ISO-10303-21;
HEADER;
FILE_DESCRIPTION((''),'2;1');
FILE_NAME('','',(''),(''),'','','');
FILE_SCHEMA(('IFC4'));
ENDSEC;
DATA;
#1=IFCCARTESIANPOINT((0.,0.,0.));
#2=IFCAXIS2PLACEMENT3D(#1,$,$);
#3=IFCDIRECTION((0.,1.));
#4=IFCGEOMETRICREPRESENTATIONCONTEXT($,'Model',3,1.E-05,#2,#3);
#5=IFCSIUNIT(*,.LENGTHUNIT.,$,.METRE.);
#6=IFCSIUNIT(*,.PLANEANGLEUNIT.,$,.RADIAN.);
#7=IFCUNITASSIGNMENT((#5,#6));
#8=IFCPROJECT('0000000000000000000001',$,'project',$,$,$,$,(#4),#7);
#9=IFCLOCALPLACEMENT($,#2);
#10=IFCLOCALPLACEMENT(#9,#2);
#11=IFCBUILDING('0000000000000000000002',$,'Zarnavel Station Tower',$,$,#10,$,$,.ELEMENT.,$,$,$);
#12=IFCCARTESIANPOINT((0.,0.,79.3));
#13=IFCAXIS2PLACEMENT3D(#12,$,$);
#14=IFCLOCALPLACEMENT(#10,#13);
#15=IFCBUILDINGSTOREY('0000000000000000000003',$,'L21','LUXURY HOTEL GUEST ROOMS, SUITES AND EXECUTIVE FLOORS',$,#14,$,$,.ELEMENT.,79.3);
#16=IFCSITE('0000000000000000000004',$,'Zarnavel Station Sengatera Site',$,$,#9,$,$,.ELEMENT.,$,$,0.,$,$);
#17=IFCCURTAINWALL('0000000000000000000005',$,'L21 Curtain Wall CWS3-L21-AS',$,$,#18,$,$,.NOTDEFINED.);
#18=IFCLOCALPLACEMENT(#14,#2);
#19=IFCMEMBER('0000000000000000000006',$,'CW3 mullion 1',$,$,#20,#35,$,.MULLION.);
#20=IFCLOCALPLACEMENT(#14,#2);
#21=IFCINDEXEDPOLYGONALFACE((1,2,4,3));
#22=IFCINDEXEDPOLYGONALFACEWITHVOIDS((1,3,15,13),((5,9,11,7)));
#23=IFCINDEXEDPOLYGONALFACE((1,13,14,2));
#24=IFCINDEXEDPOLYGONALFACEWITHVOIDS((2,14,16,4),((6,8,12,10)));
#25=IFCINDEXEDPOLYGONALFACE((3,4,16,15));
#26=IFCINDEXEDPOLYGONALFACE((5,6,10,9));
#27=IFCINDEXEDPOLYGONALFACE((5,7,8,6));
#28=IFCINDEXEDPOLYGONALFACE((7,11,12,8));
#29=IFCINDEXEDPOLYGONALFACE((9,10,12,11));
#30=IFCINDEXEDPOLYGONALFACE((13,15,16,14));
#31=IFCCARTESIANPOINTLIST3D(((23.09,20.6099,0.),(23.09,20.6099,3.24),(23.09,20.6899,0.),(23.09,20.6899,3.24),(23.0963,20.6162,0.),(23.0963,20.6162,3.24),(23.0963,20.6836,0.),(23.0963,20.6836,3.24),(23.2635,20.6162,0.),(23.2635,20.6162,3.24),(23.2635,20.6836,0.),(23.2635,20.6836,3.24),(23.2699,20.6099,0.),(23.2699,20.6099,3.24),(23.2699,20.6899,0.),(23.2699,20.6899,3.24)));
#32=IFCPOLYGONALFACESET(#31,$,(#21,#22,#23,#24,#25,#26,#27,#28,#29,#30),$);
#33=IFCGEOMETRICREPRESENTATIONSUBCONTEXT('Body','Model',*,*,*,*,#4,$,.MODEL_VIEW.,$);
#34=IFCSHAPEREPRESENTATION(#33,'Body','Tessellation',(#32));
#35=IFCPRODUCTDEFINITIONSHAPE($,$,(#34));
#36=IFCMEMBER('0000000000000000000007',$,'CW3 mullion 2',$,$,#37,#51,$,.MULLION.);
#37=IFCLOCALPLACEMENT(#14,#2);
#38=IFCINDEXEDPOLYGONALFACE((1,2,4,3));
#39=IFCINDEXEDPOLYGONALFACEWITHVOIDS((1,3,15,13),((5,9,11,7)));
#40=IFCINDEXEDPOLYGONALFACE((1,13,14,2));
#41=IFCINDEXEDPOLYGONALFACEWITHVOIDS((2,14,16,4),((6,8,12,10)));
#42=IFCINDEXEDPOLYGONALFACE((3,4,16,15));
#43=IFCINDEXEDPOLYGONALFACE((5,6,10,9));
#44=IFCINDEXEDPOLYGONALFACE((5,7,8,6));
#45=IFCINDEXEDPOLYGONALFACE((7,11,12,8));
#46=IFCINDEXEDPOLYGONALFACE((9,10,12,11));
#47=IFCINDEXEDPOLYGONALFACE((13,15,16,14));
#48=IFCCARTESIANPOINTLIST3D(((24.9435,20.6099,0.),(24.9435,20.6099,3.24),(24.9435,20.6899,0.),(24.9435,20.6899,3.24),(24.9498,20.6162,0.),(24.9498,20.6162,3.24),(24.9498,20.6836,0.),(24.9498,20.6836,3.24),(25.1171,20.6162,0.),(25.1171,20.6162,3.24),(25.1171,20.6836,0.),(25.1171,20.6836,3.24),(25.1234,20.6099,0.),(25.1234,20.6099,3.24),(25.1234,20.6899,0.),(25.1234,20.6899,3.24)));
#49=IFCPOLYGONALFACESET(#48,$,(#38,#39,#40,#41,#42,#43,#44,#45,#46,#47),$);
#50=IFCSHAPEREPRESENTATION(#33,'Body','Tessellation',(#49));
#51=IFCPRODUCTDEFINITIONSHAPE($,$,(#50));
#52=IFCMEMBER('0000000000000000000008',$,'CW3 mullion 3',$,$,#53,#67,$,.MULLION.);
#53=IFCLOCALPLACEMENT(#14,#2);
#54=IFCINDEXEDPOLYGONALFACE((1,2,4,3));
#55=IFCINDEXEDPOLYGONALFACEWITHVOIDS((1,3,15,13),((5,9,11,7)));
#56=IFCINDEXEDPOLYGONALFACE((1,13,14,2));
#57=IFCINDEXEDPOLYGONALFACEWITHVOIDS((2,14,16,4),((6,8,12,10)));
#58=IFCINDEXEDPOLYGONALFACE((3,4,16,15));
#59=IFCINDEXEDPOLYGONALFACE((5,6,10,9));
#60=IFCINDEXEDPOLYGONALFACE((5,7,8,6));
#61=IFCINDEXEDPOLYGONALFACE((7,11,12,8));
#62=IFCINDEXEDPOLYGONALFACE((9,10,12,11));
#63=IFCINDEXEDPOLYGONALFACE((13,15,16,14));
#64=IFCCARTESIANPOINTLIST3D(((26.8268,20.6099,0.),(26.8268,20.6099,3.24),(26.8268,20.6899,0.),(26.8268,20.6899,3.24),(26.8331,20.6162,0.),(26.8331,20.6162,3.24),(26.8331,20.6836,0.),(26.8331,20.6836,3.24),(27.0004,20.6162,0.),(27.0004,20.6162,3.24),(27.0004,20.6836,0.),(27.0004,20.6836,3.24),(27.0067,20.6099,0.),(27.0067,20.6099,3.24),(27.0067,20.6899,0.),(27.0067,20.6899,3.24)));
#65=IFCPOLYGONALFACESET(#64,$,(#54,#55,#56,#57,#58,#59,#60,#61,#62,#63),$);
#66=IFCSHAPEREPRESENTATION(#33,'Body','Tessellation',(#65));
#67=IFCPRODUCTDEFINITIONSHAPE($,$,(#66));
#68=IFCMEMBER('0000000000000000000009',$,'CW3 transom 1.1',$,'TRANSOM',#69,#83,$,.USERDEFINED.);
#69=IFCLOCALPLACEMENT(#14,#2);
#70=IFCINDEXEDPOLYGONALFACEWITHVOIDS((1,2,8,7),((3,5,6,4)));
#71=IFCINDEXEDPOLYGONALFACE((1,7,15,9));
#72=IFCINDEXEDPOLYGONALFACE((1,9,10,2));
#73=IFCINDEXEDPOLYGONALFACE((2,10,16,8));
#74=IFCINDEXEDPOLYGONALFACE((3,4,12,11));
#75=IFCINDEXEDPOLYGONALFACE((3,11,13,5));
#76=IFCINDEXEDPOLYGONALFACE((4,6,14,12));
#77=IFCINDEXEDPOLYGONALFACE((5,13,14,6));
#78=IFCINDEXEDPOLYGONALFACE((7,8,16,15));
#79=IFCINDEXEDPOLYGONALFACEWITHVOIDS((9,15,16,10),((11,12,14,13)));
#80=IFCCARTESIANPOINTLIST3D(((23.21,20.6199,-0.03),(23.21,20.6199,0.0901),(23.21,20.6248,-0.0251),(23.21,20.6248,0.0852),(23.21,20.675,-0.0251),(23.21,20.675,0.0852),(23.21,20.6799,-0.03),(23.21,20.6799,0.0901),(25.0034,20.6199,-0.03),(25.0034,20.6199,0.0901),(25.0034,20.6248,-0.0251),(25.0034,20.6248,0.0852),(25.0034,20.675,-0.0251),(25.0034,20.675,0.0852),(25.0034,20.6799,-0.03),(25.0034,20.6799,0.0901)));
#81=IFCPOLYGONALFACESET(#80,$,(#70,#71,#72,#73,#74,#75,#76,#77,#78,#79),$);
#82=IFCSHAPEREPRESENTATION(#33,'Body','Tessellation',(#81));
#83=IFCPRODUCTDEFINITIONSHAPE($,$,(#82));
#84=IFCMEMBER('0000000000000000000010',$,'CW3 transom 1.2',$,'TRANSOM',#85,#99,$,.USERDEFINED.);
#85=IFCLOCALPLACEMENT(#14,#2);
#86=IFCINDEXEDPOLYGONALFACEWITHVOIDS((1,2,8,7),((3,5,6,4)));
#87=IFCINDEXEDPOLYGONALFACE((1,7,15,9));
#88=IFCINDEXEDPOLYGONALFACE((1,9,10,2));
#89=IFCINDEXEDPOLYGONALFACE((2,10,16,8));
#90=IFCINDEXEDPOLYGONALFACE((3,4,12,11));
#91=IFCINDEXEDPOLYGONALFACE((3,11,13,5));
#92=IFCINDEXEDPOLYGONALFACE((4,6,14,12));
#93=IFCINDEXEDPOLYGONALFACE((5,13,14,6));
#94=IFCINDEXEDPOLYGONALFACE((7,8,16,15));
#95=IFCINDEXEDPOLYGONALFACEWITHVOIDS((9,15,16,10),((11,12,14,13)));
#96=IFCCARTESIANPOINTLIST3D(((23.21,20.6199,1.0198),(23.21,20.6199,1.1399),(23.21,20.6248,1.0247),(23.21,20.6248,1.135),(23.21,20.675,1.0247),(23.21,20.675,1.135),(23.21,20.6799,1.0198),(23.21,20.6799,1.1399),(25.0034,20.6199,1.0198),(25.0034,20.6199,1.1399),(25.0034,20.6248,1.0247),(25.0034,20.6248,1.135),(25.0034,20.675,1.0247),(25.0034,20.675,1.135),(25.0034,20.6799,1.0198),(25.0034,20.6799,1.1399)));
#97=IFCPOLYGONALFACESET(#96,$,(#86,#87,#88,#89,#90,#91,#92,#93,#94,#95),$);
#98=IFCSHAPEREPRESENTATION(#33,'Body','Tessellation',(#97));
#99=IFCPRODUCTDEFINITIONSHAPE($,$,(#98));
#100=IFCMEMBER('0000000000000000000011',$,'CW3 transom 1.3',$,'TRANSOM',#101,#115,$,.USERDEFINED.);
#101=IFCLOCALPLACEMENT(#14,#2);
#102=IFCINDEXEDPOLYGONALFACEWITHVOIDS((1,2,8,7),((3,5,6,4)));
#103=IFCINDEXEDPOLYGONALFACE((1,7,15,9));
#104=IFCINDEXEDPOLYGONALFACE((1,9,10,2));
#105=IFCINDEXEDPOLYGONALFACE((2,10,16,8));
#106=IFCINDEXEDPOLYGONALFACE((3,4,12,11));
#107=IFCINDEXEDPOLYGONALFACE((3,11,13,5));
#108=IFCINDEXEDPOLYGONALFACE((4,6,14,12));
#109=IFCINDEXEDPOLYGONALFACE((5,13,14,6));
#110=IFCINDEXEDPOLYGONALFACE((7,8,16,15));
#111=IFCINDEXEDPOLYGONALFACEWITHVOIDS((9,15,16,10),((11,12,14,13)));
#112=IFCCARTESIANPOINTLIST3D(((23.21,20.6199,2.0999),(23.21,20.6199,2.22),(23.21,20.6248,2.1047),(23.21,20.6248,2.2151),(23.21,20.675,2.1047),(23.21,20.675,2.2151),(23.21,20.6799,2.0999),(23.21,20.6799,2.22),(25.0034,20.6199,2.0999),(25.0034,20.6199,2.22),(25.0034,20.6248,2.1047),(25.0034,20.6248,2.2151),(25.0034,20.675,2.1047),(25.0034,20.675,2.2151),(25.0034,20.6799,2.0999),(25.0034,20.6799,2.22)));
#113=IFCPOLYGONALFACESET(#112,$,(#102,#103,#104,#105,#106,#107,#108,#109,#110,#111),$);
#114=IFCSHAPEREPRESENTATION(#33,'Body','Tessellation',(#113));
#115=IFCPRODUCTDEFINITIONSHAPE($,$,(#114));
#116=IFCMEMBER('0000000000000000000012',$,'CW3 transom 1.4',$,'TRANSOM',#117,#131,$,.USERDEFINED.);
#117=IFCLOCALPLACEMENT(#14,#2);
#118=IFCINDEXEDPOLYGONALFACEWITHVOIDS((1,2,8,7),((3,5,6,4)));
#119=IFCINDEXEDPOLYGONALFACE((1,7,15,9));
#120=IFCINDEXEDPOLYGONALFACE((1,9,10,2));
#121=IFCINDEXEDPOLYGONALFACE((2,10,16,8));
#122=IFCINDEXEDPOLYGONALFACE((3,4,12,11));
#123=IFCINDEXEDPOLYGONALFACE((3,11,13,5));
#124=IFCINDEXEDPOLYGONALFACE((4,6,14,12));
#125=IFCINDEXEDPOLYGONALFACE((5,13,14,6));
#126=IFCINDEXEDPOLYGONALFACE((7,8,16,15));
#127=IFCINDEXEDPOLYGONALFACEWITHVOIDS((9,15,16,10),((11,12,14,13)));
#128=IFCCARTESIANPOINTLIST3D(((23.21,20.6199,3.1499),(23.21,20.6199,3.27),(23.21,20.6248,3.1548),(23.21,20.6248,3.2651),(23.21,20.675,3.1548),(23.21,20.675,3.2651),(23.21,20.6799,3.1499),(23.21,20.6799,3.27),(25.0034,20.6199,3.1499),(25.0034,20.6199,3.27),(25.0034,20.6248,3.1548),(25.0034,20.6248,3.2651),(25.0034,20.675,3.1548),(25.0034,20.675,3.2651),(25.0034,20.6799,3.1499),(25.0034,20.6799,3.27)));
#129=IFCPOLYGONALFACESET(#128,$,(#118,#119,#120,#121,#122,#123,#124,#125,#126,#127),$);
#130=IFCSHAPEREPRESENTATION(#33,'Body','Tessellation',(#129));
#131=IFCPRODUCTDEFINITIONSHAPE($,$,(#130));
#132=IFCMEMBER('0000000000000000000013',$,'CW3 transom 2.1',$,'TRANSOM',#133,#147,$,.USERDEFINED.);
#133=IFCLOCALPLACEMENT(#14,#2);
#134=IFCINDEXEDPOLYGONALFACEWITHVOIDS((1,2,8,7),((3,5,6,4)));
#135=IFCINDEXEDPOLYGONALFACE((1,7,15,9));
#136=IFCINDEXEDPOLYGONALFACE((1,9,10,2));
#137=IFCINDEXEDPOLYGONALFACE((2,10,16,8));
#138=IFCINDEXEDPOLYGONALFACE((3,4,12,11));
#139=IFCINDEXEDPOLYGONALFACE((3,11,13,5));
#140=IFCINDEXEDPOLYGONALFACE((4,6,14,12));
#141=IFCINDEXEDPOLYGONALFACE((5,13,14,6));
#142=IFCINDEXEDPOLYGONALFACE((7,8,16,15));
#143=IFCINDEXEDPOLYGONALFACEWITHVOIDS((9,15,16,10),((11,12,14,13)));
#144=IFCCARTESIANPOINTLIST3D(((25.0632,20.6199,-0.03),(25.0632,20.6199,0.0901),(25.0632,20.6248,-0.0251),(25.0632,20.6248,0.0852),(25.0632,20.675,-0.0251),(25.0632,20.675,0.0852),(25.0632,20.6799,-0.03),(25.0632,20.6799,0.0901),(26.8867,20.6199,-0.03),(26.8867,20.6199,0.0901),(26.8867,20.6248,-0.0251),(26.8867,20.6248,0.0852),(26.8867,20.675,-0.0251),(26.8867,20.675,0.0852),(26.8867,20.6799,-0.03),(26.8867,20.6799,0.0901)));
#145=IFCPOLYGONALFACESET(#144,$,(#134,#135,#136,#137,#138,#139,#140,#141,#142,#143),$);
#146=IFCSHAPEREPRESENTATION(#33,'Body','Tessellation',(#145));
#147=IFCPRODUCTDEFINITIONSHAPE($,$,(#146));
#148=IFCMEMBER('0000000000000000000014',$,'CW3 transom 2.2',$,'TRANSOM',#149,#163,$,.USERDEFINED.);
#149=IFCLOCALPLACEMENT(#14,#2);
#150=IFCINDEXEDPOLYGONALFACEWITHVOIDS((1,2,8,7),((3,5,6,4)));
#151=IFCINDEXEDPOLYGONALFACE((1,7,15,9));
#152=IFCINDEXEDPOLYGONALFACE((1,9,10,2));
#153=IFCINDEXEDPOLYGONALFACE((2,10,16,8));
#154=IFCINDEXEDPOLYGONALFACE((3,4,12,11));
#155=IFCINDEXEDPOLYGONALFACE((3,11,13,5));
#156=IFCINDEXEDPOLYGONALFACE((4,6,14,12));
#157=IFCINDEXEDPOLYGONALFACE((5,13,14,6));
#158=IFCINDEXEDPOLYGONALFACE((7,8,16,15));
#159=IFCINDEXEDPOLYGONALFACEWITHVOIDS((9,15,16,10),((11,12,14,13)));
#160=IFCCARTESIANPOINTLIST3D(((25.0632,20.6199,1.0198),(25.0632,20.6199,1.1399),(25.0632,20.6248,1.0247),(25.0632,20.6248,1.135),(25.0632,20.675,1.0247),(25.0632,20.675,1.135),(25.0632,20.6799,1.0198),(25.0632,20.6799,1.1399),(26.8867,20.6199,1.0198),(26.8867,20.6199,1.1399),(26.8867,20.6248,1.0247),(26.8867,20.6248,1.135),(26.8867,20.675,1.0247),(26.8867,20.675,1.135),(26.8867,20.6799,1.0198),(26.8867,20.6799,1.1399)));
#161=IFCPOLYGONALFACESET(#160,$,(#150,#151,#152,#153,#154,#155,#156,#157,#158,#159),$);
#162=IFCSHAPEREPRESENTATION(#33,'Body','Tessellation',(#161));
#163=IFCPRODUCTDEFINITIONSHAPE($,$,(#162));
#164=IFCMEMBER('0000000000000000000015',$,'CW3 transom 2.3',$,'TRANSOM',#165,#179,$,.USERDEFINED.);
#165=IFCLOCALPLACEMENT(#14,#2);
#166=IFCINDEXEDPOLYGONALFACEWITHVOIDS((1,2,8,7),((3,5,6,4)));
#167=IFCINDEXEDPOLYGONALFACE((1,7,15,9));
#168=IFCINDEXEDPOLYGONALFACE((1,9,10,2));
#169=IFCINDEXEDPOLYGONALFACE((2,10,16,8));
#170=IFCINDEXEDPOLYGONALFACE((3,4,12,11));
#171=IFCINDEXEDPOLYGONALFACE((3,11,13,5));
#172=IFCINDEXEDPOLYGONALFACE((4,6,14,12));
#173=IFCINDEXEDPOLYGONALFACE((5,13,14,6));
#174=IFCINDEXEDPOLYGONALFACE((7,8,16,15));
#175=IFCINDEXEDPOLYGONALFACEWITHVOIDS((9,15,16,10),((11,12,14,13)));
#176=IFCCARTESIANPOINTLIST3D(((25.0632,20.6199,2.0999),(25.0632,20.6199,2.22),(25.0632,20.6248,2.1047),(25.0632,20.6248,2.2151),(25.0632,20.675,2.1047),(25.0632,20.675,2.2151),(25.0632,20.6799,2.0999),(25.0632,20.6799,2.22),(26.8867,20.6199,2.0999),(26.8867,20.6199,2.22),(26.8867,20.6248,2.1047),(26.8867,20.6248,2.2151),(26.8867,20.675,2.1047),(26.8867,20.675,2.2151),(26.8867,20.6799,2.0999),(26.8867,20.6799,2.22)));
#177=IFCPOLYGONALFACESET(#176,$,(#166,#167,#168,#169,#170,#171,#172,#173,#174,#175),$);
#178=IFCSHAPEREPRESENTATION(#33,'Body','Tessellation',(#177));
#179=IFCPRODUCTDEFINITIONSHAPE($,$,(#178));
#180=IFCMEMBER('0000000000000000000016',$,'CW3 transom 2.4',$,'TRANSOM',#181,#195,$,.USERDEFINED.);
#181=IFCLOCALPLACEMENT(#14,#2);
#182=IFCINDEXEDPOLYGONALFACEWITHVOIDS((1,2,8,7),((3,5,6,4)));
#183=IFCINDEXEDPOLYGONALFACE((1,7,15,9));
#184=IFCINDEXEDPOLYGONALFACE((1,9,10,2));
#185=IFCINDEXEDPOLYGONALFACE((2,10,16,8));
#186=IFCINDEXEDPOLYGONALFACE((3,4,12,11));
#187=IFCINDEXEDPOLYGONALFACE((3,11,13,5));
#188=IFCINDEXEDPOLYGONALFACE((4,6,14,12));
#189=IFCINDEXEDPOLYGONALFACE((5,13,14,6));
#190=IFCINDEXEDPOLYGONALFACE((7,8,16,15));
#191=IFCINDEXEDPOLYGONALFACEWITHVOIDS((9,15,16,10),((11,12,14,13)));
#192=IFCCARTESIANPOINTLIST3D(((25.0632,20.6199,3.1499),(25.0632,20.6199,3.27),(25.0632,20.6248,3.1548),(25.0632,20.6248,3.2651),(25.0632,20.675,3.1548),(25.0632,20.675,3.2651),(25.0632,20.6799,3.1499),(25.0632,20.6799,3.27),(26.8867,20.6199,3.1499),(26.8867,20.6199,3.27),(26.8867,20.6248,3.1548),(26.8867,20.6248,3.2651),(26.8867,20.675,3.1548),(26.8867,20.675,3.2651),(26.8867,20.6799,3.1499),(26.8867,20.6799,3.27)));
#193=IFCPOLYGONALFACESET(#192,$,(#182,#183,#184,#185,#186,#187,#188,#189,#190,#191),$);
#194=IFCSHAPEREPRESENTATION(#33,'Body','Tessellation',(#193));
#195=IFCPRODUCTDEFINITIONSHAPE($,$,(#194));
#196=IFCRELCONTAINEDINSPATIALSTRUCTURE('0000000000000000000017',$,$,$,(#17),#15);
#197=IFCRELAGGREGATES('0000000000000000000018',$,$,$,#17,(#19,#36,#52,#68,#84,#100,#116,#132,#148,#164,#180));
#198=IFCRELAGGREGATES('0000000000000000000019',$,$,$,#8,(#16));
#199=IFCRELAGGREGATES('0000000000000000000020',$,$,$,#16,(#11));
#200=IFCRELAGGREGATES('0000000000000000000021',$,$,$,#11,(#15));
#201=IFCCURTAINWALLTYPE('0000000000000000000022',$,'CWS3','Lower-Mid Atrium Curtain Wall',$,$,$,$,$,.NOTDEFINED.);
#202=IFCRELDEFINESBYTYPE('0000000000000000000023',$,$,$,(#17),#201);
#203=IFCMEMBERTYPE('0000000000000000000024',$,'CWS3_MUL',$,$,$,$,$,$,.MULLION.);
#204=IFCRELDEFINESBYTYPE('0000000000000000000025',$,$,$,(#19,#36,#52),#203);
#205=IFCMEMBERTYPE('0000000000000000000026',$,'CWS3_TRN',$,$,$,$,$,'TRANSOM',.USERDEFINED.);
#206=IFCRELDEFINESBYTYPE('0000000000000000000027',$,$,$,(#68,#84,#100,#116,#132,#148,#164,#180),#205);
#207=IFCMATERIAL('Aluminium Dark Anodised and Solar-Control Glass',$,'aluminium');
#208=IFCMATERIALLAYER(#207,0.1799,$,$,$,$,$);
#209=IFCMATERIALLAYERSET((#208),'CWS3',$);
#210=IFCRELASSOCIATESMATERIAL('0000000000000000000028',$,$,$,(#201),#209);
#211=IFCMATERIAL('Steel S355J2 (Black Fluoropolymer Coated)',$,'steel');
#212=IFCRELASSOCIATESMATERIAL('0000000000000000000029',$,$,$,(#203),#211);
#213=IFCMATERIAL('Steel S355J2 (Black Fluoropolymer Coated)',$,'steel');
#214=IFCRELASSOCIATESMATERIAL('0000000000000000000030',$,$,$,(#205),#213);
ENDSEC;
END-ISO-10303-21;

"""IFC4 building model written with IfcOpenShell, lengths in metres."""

from ifc_helpers import new_model, si_unit, direction, frame, origin, origin_2d, place, context, subcontext, project, spatial, hollow_rectangle, extrude, material, layer, layer_set, material_profile, profile_set, type_object, element, aggregate, save


model = new_model("IFC4")

# Units and contexts
model_context = context("Model", 3, precision=1e-05, world=origin(), true_north=direction((0.0, 1.0)))
body_context = subcontext(model_context, "Body", "Model", "MODEL_VIEW")
ifc_project = project(units=[si_unit("LENGTHUNIT", "METRE"), si_unit("PLANEANGLEUNIT", "RADIAN")], contexts=[model_context])

# Site, building, storey
site_placement = place(None, origin())
site = spatial("IfcSite", under=ifc_project, at=site_placement, Name="Zarnavel Station Sengatera Site", CompositionType="ELEMENT", RefElevation=0.0)
building_placement = place(site_placement, origin())
building = spatial("IfcBuilding", under=site, at=building_placement, Name="Zarnavel Station Tower", CompositionType="ELEMENT")
storey_placement = place(building_placement, frame((0.0, 0.0, 79.3)))
storey = spatial("IfcBuildingStorey", under=building, at=storey_placement, Name="L21", Description="LUXURY HOTEL GUEST ROOMS, SUITES AND EXECUTIVE FLOORS", CompositionType="ELEMENT", Elevation=79.3)

# Curtain wall, members
ifc_material_1 = material(Name="Aluminium Dark Anodised and Solar-Control Glass", Category="aluminium")
ifc_layer_1 = layer(ifc_material_1, 0.1799)
ifc_layer_set_1 = layer_set([ifc_layer_1], Name="CWS3")
curtain_wall_type = type_object("IfcCurtainWallType", Name="CWS3", Description="Lower-Mid Atrium Curtain Wall", PredefinedType="NOTDEFINED", material=ifc_layer_set_1)
curtain_wall_placement = place(storey_placement, origin())
curtain_wall = element("IfcCurtainWall", 1, at=curtain_wall_placement, inside=storey, type_object=curtain_wall_type, Name="L21 Curtain Wall CWS3-L21-AS", PredefinedType="NOTDEFINED")
ifc_material_2 = material(Name="Steel S355J2 (Black Fluoropolymer Coated)", Category="steel")
ifc_material_profile_1 = material_profile(ifc_material_2, hollow_rectangle(XDim=0.0801, YDim=0.1799, WallThickness=0.0063, at=origin_2d()), Name="RHS180x80x6.3")
ifc_profile_set_1 = profile_set([ifc_material_profile_1], Name="Steel S355J2 (Black Fluoropolymer Coated)")
member_type_1 = type_object("IfcMemberType", Name="CWS3_MUL", PredefinedType="MULLION", material=ifc_profile_set_1)
member_1_placement = place(storey_placement, frame((23.1799, 20.6499, 0.0), z_axis=(0.0, 0.0, 1.0), x_axis=(0.0, 1.0, 0.0)))
member_1 = element("IfcMember", 2, at=member_1_placement, type_object=member_type_1, Name="CW3 mullion 1", PredefinedType="MULLION", context=body_context, shape_type="SweptSolid", body=[
    extrude(hollow_rectangle(XDim=0.0801, YDim=0.1799, WallThickness=0.0063, at=origin_2d()), origin(), (0.0, 0.0, 1.0), 3.24),
])
member_2_placement = place(storey_placement, frame((25.0334, 20.6499, 0.0), z_axis=(0.0, 0.0, 1.0), x_axis=(0.0, 1.0, 0.0)))
member_2 = element("IfcMember", 3, at=member_2_placement, type_object=member_type_1, Name="CW3 mullion 2", PredefinedType="MULLION", context=body_context, shape_type="SweptSolid", body=[
    extrude(hollow_rectangle(XDim=0.0801, YDim=0.1799, WallThickness=0.0063, at=origin_2d()), origin(), (0.0, 0.0, 1.0), 3.24),
])
member_3_placement = place(storey_placement, frame((26.9167, 20.6499, 0.0), z_axis=(0.0, 0.0, 1.0), x_axis=(0.0, 1.0, 0.0)))
member_3 = element("IfcMember", 4, at=member_3_placement, type_object=member_type_1, Name="CW3 mullion 3", PredefinedType="MULLION", context=body_context, shape_type="SweptSolid", body=[
    extrude(hollow_rectangle(XDim=0.0801, YDim=0.1799, WallThickness=0.0063, at=origin_2d()), origin(), (0.0, 0.0, 1.0), 3.24),
])
ifc_material_3 = material(Name="Steel S355J2 (Black Fluoropolymer Coated)", Category="steel")
ifc_material_profile_2 = material_profile(ifc_material_3, hollow_rectangle(XDim=0.0601, YDim=0.1201, WallThickness=0.0049, at=origin_2d()), Name="RHS120x60x5")
ifc_profile_set_2 = profile_set([ifc_material_profile_2], Name="Steel S355J2 (Black Fluoropolymer Coated)")
member_type_2 = type_object("IfcMemberType", Name="CWS3_TRN", ElementType="TRANSOM", PredefinedType="USERDEFINED", material=ifc_profile_set_2)
member_4_placement = place(storey_placement, frame((23.21, 20.6499, 0.03), z_axis=(1.0, 0.0, 0.0), x_axis=(0.0, 1.0, 0.0)))
member_4 = element("IfcMember", 5, at=member_4_placement, type_object=member_type_2, Name="CW3 transom 1.1", ObjectType="TRANSOM", PredefinedType="USERDEFINED", context=body_context, shape_type="SweptSolid", body=[
    extrude(hollow_rectangle(XDim=0.0601, YDim=0.1201, WallThickness=0.0049, at=origin_2d()), origin(), (0.0, 0.0, 1.0), 1.7935),
])
member_5_placement = place(storey_placement, frame((23.21, 20.6499, 1.0798), z_axis=(1.0, 0.0, 0.0), x_axis=(0.0, 1.0, 0.0)))
member_5 = element("IfcMember", 6, at=member_5_placement, type_object=member_type_2, Name="CW3 transom 1.2", ObjectType="TRANSOM", PredefinedType="USERDEFINED", context=body_context, shape_type="SweptSolid", body=[
    extrude(hollow_rectangle(XDim=0.0601, YDim=0.1201, WallThickness=0.0049, at=origin_2d()), origin(), (0.0, 0.0, 1.0), 1.7935),
])
member_6_placement = place(storey_placement, frame((23.21, 20.6499, 2.1599), z_axis=(1.0, 0.0, 0.0), x_axis=(0.0, 1.0, 0.0)))
member_6 = element("IfcMember", 7, at=member_6_placement, type_object=member_type_2, Name="CW3 transom 1.3", ObjectType="TRANSOM", PredefinedType="USERDEFINED", context=body_context, shape_type="SweptSolid", body=[
    extrude(hollow_rectangle(XDim=0.0601, YDim=0.1201, WallThickness=0.0049, at=origin_2d()), origin(), (0.0, 0.0, 1.0), 1.7935),
])
member_7_placement = place(storey_placement, frame((23.21, 20.6499, 3.21), z_axis=(1.0, 0.0, 0.0), x_axis=(0.0, 1.0, 0.0)))
member_7 = element("IfcMember", 8, at=member_7_placement, type_object=member_type_2, Name="CW3 transom 1.4", ObjectType="TRANSOM", PredefinedType="USERDEFINED", context=body_context, shape_type="SweptSolid", body=[
    extrude(hollow_rectangle(XDim=0.0601, YDim=0.1201, WallThickness=0.0049, at=origin_2d()), origin(), (0.0, 0.0, 1.0), 1.7935),
])
member_8_placement = place(storey_placement, frame((25.0632, 20.6499, 0.03), z_axis=(1.0, 0.0, 0.0), x_axis=(0.0, 1.0, 0.0)))
member_8 = element("IfcMember", 9, at=member_8_placement, type_object=member_type_2, Name="CW3 transom 2.1", ObjectType="TRANSOM", PredefinedType="USERDEFINED", context=body_context, shape_type="SweptSolid", body=[
    extrude(hollow_rectangle(XDim=0.0601, YDim=0.1201, WallThickness=0.0049, at=origin_2d()), origin(), (0.0, 0.0, 1.0), 1.8235),
])
member_9_placement = place(storey_placement, frame((25.0632, 20.6499, 1.0798), z_axis=(1.0, 0.0, 0.0), x_axis=(0.0, 1.0, 0.0)))
member_9 = element("IfcMember", 10, at=member_9_placement, type_object=member_type_2, Name="CW3 transom 2.2", ObjectType="TRANSOM", PredefinedType="USERDEFINED", context=body_context, shape_type="SweptSolid", body=[
    extrude(hollow_rectangle(XDim=0.0601, YDim=0.1201, WallThickness=0.0049, at=origin_2d()), origin(), (0.0, 0.0, 1.0), 1.8235),
])
member_10_placement = place(storey_placement, frame((25.0632, 20.6499, 2.1599), z_axis=(1.0, 0.0, 0.0), x_axis=(0.0, 1.0, 0.0)))
member_10 = element("IfcMember", 11, at=member_10_placement, type_object=member_type_2, Name="CW3 transom 2.3", ObjectType="TRANSOM", PredefinedType="USERDEFINED", context=body_context, shape_type="SweptSolid", body=[
    extrude(hollow_rectangle(XDim=0.0601, YDim=0.1201, WallThickness=0.0049, at=origin_2d()), origin(), (0.0, 0.0, 1.0), 1.8235),
])
member_11_placement = place(storey_placement, frame((25.0632, 20.6499, 3.21), z_axis=(1.0, 0.0, 0.0), x_axis=(0.0, 1.0, 0.0)))
member_11 = element("IfcMember", 12, at=member_11_placement, type_object=member_type_2, Name="CW3 transom 2.4", ObjectType="TRANSOM", PredefinedType="USERDEFINED", context=body_context, shape_type="SweptSolid", body=[
    extrude(hollow_rectangle(XDim=0.0601, YDim=0.1201, WallThickness=0.0049, at=origin_2d()), origin(), (0.0, 0.0, 1.0), 1.8235),
])
aggregate(curtain_wall, [member_1, member_2, member_3, member_4, member_5, member_6, member_7, member_8, member_9, member_10, member_11])

save(model, "model.ifc")
